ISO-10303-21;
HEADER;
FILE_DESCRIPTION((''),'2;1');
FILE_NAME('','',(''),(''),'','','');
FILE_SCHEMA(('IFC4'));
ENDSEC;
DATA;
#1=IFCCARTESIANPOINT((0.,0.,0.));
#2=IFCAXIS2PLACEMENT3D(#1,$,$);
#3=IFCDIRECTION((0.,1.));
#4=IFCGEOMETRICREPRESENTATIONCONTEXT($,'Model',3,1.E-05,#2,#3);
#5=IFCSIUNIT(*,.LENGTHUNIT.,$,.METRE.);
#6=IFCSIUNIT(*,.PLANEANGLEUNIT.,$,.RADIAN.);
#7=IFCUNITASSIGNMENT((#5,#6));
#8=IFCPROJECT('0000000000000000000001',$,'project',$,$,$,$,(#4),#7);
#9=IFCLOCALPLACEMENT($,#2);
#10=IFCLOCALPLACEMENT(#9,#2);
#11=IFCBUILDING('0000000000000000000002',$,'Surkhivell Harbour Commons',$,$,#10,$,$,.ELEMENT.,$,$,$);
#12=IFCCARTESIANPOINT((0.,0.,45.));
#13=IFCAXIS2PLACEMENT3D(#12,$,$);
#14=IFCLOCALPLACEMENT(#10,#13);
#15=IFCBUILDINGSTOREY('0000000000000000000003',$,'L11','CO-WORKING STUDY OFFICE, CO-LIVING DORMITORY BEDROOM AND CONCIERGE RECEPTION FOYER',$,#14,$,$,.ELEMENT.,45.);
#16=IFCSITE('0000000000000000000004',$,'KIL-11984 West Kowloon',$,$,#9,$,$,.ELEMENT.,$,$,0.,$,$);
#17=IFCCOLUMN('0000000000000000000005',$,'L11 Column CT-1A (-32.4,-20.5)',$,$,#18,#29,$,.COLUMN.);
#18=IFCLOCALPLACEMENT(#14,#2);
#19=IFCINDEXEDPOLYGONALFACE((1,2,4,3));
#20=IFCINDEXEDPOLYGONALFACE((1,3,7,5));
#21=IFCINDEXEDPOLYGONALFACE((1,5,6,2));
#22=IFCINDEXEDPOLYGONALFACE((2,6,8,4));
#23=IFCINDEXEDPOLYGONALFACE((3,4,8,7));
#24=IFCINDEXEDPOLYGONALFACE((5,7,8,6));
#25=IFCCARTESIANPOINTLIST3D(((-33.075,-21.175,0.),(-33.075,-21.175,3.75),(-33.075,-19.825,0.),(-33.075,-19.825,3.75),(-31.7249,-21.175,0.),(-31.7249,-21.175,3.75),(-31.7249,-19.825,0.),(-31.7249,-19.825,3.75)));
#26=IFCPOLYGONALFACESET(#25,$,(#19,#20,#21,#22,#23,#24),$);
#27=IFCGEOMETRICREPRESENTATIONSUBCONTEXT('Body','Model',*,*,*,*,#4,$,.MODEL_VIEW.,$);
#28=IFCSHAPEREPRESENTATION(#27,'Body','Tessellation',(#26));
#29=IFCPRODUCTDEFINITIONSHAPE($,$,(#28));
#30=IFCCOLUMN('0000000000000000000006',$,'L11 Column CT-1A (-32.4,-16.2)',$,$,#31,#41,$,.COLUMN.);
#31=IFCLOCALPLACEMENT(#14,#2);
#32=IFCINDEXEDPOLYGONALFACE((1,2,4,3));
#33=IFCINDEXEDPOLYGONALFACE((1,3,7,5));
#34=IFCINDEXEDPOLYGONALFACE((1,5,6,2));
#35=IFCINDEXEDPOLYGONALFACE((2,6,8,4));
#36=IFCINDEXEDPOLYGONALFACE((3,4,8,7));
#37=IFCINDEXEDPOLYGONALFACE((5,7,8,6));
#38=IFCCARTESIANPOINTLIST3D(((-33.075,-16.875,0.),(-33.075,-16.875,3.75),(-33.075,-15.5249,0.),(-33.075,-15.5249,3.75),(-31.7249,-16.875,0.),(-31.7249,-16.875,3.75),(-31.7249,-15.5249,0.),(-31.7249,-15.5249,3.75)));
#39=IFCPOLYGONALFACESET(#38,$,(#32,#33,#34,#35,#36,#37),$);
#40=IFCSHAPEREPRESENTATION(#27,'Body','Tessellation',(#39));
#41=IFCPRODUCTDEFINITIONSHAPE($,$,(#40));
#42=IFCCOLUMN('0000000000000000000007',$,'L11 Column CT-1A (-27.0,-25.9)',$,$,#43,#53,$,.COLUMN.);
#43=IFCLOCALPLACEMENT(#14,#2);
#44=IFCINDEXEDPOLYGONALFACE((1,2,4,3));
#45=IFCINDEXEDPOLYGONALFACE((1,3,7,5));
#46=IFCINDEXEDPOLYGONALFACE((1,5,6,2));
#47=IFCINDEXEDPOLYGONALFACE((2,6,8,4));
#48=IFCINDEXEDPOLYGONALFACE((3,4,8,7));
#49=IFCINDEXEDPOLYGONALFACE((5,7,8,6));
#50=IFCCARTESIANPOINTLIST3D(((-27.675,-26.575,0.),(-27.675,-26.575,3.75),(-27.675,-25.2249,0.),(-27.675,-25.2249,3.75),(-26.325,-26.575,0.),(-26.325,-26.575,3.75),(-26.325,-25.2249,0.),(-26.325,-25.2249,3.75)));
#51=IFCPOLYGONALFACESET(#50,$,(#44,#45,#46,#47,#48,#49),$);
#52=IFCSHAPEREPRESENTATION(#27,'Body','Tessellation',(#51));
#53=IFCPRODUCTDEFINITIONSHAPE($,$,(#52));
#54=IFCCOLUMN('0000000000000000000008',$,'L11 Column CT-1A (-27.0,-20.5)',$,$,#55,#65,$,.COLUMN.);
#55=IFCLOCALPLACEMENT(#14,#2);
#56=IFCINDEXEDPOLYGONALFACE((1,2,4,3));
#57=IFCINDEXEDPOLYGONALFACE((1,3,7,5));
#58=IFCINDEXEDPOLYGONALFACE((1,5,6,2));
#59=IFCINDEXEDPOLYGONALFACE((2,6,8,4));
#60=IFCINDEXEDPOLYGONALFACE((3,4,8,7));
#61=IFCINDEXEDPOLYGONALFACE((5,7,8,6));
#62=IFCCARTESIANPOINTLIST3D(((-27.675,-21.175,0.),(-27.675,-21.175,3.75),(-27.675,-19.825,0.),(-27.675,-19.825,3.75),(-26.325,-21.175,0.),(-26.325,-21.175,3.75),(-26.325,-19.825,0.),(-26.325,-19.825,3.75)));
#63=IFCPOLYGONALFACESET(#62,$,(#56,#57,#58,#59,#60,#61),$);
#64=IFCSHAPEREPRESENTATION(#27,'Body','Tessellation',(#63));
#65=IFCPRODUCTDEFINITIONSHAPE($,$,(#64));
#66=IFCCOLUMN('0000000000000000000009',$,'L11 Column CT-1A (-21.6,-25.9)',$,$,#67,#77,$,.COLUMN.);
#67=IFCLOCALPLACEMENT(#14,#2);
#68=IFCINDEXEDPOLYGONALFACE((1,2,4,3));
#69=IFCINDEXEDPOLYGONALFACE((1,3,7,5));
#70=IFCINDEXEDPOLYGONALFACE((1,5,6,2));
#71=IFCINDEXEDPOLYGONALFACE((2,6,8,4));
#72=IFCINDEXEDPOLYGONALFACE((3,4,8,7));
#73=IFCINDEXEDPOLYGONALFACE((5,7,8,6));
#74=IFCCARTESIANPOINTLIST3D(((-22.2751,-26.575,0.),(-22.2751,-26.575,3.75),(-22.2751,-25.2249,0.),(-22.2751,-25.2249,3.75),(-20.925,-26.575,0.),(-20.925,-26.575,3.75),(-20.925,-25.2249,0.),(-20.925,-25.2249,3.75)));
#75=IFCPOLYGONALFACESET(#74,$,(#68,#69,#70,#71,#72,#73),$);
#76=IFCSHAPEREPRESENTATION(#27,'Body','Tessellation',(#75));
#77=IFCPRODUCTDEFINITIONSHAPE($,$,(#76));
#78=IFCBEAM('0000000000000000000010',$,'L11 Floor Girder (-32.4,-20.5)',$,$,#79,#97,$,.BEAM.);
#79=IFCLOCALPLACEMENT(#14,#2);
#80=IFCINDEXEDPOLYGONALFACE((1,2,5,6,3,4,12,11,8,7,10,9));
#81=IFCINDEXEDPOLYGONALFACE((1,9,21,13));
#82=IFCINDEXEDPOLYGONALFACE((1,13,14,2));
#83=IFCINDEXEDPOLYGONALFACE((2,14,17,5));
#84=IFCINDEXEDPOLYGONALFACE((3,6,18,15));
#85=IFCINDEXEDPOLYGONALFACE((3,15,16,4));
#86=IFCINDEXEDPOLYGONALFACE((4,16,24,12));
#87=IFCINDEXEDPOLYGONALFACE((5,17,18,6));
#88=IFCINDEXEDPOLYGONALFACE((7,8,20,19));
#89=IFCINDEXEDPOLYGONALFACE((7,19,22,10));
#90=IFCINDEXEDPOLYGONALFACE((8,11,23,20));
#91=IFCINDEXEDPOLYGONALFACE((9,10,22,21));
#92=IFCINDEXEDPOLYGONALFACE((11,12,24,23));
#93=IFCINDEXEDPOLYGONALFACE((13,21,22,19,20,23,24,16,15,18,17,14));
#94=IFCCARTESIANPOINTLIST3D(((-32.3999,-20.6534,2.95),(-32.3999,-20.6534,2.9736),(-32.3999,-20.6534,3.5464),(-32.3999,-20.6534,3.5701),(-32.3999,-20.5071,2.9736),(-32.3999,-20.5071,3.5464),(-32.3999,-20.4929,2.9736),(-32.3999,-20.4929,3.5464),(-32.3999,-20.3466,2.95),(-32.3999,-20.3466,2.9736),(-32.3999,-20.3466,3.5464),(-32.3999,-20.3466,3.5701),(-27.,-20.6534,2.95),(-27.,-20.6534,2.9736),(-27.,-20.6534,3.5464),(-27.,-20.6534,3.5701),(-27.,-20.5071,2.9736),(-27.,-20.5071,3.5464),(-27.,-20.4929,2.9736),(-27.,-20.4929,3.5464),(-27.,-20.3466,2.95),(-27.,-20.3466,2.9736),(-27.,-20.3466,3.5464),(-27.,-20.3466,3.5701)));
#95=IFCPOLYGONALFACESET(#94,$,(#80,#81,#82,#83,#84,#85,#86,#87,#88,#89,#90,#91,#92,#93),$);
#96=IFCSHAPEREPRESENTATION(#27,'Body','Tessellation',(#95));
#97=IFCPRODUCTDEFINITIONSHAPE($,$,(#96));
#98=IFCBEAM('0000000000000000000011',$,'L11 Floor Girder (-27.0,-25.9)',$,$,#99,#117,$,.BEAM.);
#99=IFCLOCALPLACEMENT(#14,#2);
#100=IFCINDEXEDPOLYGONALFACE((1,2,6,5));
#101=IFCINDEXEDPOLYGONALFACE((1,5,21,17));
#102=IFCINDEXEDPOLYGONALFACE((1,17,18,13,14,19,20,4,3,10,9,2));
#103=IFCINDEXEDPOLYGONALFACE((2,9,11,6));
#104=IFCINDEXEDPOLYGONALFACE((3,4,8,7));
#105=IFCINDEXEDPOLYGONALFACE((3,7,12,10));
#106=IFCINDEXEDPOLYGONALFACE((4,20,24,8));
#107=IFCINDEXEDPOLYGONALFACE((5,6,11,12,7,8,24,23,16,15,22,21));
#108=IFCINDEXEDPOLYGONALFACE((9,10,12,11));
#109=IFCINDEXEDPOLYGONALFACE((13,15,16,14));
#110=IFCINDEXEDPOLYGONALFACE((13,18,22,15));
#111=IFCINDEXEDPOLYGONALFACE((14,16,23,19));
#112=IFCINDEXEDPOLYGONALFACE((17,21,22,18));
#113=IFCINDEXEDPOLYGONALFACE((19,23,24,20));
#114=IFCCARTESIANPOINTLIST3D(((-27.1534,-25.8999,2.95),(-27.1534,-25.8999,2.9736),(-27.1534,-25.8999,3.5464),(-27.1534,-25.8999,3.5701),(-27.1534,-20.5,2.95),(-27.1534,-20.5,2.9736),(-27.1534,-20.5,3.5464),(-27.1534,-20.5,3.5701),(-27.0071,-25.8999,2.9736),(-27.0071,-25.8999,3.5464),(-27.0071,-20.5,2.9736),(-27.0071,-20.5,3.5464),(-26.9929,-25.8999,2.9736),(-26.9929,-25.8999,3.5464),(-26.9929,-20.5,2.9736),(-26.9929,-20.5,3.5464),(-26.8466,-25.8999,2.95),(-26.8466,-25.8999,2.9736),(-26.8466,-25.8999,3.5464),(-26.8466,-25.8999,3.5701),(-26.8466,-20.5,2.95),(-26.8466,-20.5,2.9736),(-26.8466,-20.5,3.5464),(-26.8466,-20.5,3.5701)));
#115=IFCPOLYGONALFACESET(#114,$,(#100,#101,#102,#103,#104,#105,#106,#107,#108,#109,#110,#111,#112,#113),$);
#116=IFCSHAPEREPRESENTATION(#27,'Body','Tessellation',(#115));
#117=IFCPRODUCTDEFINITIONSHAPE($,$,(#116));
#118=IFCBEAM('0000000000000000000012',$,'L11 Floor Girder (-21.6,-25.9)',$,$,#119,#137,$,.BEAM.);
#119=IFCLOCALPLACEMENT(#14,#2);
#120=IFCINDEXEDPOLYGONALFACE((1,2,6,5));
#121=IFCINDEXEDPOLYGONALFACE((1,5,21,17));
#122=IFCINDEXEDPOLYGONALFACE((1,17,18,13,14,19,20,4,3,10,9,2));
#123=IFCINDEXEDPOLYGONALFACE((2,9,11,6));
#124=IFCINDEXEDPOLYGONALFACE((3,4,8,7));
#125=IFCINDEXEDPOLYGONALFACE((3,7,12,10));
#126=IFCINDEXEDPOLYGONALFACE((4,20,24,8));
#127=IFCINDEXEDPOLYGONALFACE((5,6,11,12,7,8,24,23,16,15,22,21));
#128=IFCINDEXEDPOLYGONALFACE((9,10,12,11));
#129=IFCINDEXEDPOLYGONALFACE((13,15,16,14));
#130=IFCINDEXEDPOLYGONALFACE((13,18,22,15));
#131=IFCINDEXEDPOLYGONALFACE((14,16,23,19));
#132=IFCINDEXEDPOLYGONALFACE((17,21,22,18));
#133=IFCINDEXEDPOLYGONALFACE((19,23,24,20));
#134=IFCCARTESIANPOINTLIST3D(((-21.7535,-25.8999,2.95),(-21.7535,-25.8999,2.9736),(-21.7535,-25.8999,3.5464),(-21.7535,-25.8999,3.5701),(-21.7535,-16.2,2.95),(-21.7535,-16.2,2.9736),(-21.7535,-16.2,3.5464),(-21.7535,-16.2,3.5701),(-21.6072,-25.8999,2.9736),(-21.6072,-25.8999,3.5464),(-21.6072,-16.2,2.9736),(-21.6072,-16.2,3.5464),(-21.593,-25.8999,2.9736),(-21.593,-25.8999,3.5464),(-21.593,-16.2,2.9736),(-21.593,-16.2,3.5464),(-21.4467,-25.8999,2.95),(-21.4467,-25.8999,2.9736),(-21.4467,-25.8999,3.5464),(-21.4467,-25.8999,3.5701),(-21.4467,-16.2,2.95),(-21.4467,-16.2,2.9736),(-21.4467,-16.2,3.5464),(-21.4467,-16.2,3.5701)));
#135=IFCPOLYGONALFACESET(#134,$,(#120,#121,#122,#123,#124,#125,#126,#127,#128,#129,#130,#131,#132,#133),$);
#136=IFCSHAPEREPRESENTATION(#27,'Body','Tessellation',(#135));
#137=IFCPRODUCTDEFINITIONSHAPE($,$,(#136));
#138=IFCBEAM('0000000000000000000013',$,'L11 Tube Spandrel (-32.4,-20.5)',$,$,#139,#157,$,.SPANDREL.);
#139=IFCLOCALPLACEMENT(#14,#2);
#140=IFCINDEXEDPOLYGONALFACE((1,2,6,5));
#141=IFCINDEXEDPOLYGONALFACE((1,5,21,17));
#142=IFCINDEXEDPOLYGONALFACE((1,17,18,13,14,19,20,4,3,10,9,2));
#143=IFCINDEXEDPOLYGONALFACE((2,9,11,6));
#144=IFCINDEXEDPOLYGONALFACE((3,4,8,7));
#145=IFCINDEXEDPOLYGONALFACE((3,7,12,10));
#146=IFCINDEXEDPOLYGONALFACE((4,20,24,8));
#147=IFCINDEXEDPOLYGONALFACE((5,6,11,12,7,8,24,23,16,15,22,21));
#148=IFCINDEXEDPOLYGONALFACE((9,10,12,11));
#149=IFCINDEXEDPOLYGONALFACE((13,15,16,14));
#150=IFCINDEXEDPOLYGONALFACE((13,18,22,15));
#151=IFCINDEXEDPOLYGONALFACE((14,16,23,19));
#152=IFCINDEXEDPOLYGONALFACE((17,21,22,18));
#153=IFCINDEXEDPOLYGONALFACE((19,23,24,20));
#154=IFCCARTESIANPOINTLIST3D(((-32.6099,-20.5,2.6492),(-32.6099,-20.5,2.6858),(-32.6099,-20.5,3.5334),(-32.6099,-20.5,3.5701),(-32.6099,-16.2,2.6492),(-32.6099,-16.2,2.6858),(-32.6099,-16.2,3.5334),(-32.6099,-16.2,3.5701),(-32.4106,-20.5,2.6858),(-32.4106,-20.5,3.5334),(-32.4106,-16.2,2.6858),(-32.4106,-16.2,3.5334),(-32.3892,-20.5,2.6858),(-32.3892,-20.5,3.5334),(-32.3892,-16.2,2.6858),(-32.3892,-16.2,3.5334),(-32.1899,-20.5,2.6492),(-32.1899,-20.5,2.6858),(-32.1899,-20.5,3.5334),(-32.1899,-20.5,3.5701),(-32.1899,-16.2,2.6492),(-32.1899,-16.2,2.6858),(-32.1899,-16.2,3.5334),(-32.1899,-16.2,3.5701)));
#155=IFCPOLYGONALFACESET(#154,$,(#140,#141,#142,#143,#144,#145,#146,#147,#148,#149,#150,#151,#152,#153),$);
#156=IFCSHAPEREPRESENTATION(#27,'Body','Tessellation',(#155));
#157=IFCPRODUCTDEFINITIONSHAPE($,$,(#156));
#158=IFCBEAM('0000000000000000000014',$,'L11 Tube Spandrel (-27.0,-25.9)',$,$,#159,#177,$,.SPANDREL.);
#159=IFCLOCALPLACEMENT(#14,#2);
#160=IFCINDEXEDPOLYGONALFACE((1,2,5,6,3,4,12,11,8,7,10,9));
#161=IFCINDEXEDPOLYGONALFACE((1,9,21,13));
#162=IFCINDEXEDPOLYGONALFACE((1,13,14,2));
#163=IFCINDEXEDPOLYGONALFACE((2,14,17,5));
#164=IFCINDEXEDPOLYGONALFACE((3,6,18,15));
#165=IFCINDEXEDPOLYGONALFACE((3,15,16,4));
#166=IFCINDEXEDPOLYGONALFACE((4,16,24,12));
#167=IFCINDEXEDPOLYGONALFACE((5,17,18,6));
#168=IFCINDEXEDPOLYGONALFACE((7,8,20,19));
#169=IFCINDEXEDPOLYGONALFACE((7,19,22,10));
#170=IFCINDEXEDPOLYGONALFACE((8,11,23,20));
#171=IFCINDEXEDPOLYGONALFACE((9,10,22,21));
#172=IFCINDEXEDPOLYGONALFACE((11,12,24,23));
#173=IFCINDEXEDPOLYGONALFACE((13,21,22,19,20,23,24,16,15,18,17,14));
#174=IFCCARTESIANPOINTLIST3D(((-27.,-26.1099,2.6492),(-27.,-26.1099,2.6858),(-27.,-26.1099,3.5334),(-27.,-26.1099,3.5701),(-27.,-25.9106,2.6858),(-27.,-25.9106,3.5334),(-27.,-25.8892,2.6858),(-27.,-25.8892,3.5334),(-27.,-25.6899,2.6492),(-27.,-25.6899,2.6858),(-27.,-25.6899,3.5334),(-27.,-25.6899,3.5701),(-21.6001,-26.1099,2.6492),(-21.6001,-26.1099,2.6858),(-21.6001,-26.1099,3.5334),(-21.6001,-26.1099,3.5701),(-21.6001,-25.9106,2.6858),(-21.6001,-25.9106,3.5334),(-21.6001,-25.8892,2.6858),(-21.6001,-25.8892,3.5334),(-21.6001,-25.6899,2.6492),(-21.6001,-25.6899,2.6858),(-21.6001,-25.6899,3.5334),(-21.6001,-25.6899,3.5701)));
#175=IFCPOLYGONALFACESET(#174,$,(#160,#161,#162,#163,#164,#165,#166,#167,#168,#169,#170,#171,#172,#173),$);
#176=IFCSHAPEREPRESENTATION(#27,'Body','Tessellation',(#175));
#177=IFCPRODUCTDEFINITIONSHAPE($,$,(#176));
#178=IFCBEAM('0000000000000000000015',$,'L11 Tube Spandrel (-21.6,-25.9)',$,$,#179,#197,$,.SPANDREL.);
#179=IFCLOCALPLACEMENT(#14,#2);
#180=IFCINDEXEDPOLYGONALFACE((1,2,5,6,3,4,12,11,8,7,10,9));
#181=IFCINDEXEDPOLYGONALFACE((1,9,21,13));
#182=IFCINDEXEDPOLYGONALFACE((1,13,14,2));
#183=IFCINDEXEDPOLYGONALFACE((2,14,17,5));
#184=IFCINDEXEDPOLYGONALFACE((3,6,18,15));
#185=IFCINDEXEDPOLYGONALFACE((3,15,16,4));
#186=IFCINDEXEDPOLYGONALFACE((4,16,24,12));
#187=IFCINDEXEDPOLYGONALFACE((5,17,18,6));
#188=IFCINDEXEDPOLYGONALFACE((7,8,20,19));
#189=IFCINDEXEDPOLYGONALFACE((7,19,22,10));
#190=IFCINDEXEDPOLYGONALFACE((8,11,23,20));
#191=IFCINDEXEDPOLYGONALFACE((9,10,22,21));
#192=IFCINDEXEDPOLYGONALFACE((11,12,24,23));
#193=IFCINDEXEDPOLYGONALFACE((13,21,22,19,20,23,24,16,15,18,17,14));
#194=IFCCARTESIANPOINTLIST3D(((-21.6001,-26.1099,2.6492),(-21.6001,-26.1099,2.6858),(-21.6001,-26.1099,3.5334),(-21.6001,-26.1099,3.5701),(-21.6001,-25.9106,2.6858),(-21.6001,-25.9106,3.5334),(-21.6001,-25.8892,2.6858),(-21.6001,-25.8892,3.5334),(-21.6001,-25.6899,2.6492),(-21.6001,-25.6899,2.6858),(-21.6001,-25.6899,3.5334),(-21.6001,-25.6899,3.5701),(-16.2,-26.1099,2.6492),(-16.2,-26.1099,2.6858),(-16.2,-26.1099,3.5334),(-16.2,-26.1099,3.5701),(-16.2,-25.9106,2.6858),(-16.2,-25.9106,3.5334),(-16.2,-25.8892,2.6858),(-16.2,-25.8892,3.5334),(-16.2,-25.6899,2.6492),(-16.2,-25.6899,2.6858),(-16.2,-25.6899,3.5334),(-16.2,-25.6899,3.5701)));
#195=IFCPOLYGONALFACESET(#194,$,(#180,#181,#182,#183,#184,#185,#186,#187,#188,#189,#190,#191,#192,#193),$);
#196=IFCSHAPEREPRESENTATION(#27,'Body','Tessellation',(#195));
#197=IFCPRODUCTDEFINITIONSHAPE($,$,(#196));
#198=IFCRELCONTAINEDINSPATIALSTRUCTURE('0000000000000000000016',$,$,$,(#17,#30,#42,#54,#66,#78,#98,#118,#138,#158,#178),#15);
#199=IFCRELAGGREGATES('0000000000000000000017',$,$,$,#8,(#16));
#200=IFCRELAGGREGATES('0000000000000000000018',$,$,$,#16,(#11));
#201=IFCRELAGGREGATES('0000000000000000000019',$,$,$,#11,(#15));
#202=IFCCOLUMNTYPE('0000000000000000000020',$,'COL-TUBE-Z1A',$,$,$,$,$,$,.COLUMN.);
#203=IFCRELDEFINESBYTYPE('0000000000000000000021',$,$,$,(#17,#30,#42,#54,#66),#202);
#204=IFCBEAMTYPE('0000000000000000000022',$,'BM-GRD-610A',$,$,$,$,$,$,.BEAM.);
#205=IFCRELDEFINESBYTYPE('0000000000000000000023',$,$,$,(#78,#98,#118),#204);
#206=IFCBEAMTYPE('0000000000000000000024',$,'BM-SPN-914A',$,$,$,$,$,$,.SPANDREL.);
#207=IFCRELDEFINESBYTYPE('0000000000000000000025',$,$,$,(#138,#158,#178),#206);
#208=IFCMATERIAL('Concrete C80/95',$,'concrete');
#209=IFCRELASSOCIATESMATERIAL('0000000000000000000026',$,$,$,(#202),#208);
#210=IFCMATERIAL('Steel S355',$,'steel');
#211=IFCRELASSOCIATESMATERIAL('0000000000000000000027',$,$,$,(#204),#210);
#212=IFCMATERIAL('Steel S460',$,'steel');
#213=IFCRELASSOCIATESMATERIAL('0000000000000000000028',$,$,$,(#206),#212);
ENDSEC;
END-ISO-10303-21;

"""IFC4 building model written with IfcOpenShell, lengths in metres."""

from ifc_helpers import new_model, si_unit, direction, frame, origin, origin_2d, place, context, subcontext, project, spatial, rectangle, i_section, extrude, material, material_profile, profile_set, type_object, element, save


model = new_model("IFC4")

# Units and contexts
model_context = context("Model", 3, precision=1e-05, world=origin(), true_north=direction((0.0, 1.0)))
body_context = subcontext(model_context, "Body", "Model", "MODEL_VIEW")
ifc_project = project(units=[si_unit("LENGTHUNIT", "METRE"), si_unit("PLANEANGLEUNIT", "RADIAN")], contexts=[model_context])

# Site, building, storey
site_placement = place(None, origin())
site = spatial("IfcSite", under=ifc_project, at=site_placement, Name="KIL-11984 West Kowloon", CompositionType="ELEMENT", RefElevation=0.0)
building_placement = place(site_placement, origin())
building = spatial("IfcBuilding", under=site, at=building_placement, Name="Surkhivell Harbour Commons", CompositionType="ELEMENT")
storey_placement = place(building_placement, frame((0.0, 0.0, 45.0)))
storey = spatial("IfcBuildingStorey", under=building, at=storey_placement, Name="L11", Description="CO-WORKING STUDY OFFICE, CO-LIVING DORMITORY BEDROOM AND CONCIERGE RECEPTION FOYER", CompositionType="ELEMENT", Elevation=45.0)

# Columns
ifc_material_1 = material(Name="Concrete C80/95", Category="concrete")
ifc_material_profile_1 = material_profile(ifc_material_1, rectangle(XDim=1.3501, YDim=1.3501, at=origin_2d()), Name="RC-COL-1350x1350")
ifc_profile_set_1 = profile_set([ifc_material_profile_1], Name="Concrete C80/95")
column_type = type_object("IfcColumnType", Name="COL-TUBE-Z1A", PredefinedType="COLUMN", material=ifc_profile_set_1)
for number, where, z_axis, x_axis, name in (
    (1, (-32.3999, -20.5, 0.0), (0.0, 0.0, 1.0), (1.0, 0.0, 0.0), "L11 Column CT-1A (-32.4,-20.5)"),
    (2, (-32.3999, -16.2, 0.0), (0.0, 0.0, 1.0), (1.0, 0.0, 0.0), "L11 Column CT-1A (-32.4,-16.2)"),
    (3, (-27.0, -25.8999, 0.0), (0.0, 0.0, 1.0), (1.0, 0.0, 0.0), "L11 Column CT-1A (-27.0,-25.9)"),
    (4, (-27.0, -20.5, 0.0), (0.0, 0.0, 1.0), (1.0, 0.0, 0.0), "L11 Column CT-1A (-27.0,-20.5)"),
    (5, (-21.6001, -25.8999, 0.0), (0.0, 0.0, 1.0), (1.0, 0.0, 0.0), "L11 Column CT-1A (-21.6,-25.9)"),
):
    element("IfcColumn", number, at=place(storey_placement, frame(where, z_axis=z_axis, x_axis=x_axis)), inside=storey, type_object=column_type, Name=name, PredefinedType="COLUMN", context=body_context, shape_type="SweptSolid", body=[
        extrude(rectangle(XDim=1.3501, YDim=1.3501, at=origin_2d()), origin(), (0.0, 0.0, 1.0), 3.75),
    ])

# Beams
ifc_material_2 = material(Name="Steel S355", Category="steel")
ifc_material_profile_2 = material_profile(ifc_material_2, i_section(OverallWidth=0.3069, OverallDepth=0.6201, WebThickness=0.0142, FlangeThickness=0.0237, at=origin_2d()), Name="UB610x305x179")
ifc_profile_set_2 = profile_set([ifc_material_profile_2], Name="Steel S355")
beam_type_1 = type_object("IfcBeamType", Name="BM-GRD-610A", PredefinedType="BEAM", material=ifc_profile_set_2)
for number, where, z_axis, x_axis, name in (
    (6, (-32.3999, -20.5, 3.26), (1.0, 0.0, 0.0), (0.0, 1.0, 0.0), "L11 Floor Girder (-32.4,-20.5)"),
    (7, (-27.0, -25.8999, 3.26), (0.0, 1.0, 0.0), (-1.0, 0.0, 0.0), "L11 Floor Girder (-27.0,-25.9)"),
):
    element("IfcBeam", number, at=place(storey_placement, frame(where, z_axis=z_axis, x_axis=x_axis)), inside=storey, type_object=beam_type_1, Name=name, PredefinedType="BEAM", context=body_context, shape_type="SweptSolid", body=[
        extrude(i_section(OverallWidth=0.3069, OverallDepth=0.6201, WebThickness=0.0142, FlangeThickness=0.0237, at=origin_2d()), origin(), (0.0, 0.0, 1.0), 5.3999),
    ])
beam_1_placement = place(storey_placement, frame((-21.6001, -25.8999, 3.26), z_axis=(0.0, 1.0, 0.0), x_axis=(-1.0, 0.0, 0.0)))
element("IfcBeam", 8, at=beam_1_placement, inside=storey, type_object=beam_type_1, Name="L11 Floor Girder (-21.6,-25.9)", PredefinedType="BEAM", context=body_context, shape_type="SweptSolid", body=[
    extrude(i_section(OverallWidth=0.3069, OverallDepth=0.6201, WebThickness=0.0142, FlangeThickness=0.0237, at=origin_2d()), origin(), (0.0, 0.0, 1.0), 9.7),
])
ifc_material_3 = material(Name="Steel S460", Category="steel")
ifc_material_profile_3 = material_profile(ifc_material_3, i_section(OverallWidth=0.4199, OverallDepth=0.9209, WebThickness=0.0215, FlangeThickness=0.0366, at=origin_2d()), Name="UB914x419x388")
ifc_profile_set_3 = profile_set([ifc_material_profile_3], Name="Steel S460")
beam_type_2 = type_object("IfcBeamType", Name="BM-SPN-914A", PredefinedType="SPANDREL", material=ifc_profile_set_3)
beam_2_placement = place(storey_placement, frame((-32.3999, -20.5, 3.1096), z_axis=(0.0, 1.0, 0.0), x_axis=(-1.0, 0.0, 0.0)))
element("IfcBeam", 9, at=beam_2_placement, inside=storey, type_object=beam_type_2, Name="L11 Tube Spandrel (-32.4,-20.5)", PredefinedType="SPANDREL", context=body_context, shape_type="SweptSolid", body=[
    extrude(i_section(OverallWidth=0.4199, OverallDepth=0.9209, WebThickness=0.0215, FlangeThickness=0.0366, at=origin_2d()), origin(), (0.0, 0.0, 1.0), 4.3),
])
beam_3_placement = place(storey_placement, frame((-27.0, -25.8999, 3.1096), z_axis=(1.0, 0.0, 0.0), x_axis=(0.0, 1.0, 0.0)))
element("IfcBeam", 10, at=beam_3_placement, inside=storey, type_object=beam_type_2, Name="L11 Tube Spandrel (-27.0,-25.9)", PredefinedType="SPANDREL", context=body_context, shape_type="SweptSolid", body=[
    extrude(i_section(OverallWidth=0.4199, OverallDepth=0.9209, WebThickness=0.0215, FlangeThickness=0.0366, at=origin_2d()), origin(), (0.0, 0.0, 1.0), 5.3999),
])
beam_4_placement = place(storey_placement, frame((-21.6001, -25.8999, 3.1096), z_axis=(1.0, 0.0, 0.0), x_axis=(0.0, 1.0, 0.0)))
element("IfcBeam", 11, at=beam_4_placement, inside=storey, type_object=beam_type_2, Name="L11 Tube Spandrel (-21.6,-25.9)", PredefinedType="SPANDREL", context=body_context, shape_type="SweptSolid", body=[
    extrude(i_section(OverallWidth=0.4199, OverallDepth=0.9209, WebThickness=0.0215, FlangeThickness=0.0366, at=origin_2d()), origin(), (0.0, 0.0, 1.0), 5.4001),
])

save(model, "model.ifc")
